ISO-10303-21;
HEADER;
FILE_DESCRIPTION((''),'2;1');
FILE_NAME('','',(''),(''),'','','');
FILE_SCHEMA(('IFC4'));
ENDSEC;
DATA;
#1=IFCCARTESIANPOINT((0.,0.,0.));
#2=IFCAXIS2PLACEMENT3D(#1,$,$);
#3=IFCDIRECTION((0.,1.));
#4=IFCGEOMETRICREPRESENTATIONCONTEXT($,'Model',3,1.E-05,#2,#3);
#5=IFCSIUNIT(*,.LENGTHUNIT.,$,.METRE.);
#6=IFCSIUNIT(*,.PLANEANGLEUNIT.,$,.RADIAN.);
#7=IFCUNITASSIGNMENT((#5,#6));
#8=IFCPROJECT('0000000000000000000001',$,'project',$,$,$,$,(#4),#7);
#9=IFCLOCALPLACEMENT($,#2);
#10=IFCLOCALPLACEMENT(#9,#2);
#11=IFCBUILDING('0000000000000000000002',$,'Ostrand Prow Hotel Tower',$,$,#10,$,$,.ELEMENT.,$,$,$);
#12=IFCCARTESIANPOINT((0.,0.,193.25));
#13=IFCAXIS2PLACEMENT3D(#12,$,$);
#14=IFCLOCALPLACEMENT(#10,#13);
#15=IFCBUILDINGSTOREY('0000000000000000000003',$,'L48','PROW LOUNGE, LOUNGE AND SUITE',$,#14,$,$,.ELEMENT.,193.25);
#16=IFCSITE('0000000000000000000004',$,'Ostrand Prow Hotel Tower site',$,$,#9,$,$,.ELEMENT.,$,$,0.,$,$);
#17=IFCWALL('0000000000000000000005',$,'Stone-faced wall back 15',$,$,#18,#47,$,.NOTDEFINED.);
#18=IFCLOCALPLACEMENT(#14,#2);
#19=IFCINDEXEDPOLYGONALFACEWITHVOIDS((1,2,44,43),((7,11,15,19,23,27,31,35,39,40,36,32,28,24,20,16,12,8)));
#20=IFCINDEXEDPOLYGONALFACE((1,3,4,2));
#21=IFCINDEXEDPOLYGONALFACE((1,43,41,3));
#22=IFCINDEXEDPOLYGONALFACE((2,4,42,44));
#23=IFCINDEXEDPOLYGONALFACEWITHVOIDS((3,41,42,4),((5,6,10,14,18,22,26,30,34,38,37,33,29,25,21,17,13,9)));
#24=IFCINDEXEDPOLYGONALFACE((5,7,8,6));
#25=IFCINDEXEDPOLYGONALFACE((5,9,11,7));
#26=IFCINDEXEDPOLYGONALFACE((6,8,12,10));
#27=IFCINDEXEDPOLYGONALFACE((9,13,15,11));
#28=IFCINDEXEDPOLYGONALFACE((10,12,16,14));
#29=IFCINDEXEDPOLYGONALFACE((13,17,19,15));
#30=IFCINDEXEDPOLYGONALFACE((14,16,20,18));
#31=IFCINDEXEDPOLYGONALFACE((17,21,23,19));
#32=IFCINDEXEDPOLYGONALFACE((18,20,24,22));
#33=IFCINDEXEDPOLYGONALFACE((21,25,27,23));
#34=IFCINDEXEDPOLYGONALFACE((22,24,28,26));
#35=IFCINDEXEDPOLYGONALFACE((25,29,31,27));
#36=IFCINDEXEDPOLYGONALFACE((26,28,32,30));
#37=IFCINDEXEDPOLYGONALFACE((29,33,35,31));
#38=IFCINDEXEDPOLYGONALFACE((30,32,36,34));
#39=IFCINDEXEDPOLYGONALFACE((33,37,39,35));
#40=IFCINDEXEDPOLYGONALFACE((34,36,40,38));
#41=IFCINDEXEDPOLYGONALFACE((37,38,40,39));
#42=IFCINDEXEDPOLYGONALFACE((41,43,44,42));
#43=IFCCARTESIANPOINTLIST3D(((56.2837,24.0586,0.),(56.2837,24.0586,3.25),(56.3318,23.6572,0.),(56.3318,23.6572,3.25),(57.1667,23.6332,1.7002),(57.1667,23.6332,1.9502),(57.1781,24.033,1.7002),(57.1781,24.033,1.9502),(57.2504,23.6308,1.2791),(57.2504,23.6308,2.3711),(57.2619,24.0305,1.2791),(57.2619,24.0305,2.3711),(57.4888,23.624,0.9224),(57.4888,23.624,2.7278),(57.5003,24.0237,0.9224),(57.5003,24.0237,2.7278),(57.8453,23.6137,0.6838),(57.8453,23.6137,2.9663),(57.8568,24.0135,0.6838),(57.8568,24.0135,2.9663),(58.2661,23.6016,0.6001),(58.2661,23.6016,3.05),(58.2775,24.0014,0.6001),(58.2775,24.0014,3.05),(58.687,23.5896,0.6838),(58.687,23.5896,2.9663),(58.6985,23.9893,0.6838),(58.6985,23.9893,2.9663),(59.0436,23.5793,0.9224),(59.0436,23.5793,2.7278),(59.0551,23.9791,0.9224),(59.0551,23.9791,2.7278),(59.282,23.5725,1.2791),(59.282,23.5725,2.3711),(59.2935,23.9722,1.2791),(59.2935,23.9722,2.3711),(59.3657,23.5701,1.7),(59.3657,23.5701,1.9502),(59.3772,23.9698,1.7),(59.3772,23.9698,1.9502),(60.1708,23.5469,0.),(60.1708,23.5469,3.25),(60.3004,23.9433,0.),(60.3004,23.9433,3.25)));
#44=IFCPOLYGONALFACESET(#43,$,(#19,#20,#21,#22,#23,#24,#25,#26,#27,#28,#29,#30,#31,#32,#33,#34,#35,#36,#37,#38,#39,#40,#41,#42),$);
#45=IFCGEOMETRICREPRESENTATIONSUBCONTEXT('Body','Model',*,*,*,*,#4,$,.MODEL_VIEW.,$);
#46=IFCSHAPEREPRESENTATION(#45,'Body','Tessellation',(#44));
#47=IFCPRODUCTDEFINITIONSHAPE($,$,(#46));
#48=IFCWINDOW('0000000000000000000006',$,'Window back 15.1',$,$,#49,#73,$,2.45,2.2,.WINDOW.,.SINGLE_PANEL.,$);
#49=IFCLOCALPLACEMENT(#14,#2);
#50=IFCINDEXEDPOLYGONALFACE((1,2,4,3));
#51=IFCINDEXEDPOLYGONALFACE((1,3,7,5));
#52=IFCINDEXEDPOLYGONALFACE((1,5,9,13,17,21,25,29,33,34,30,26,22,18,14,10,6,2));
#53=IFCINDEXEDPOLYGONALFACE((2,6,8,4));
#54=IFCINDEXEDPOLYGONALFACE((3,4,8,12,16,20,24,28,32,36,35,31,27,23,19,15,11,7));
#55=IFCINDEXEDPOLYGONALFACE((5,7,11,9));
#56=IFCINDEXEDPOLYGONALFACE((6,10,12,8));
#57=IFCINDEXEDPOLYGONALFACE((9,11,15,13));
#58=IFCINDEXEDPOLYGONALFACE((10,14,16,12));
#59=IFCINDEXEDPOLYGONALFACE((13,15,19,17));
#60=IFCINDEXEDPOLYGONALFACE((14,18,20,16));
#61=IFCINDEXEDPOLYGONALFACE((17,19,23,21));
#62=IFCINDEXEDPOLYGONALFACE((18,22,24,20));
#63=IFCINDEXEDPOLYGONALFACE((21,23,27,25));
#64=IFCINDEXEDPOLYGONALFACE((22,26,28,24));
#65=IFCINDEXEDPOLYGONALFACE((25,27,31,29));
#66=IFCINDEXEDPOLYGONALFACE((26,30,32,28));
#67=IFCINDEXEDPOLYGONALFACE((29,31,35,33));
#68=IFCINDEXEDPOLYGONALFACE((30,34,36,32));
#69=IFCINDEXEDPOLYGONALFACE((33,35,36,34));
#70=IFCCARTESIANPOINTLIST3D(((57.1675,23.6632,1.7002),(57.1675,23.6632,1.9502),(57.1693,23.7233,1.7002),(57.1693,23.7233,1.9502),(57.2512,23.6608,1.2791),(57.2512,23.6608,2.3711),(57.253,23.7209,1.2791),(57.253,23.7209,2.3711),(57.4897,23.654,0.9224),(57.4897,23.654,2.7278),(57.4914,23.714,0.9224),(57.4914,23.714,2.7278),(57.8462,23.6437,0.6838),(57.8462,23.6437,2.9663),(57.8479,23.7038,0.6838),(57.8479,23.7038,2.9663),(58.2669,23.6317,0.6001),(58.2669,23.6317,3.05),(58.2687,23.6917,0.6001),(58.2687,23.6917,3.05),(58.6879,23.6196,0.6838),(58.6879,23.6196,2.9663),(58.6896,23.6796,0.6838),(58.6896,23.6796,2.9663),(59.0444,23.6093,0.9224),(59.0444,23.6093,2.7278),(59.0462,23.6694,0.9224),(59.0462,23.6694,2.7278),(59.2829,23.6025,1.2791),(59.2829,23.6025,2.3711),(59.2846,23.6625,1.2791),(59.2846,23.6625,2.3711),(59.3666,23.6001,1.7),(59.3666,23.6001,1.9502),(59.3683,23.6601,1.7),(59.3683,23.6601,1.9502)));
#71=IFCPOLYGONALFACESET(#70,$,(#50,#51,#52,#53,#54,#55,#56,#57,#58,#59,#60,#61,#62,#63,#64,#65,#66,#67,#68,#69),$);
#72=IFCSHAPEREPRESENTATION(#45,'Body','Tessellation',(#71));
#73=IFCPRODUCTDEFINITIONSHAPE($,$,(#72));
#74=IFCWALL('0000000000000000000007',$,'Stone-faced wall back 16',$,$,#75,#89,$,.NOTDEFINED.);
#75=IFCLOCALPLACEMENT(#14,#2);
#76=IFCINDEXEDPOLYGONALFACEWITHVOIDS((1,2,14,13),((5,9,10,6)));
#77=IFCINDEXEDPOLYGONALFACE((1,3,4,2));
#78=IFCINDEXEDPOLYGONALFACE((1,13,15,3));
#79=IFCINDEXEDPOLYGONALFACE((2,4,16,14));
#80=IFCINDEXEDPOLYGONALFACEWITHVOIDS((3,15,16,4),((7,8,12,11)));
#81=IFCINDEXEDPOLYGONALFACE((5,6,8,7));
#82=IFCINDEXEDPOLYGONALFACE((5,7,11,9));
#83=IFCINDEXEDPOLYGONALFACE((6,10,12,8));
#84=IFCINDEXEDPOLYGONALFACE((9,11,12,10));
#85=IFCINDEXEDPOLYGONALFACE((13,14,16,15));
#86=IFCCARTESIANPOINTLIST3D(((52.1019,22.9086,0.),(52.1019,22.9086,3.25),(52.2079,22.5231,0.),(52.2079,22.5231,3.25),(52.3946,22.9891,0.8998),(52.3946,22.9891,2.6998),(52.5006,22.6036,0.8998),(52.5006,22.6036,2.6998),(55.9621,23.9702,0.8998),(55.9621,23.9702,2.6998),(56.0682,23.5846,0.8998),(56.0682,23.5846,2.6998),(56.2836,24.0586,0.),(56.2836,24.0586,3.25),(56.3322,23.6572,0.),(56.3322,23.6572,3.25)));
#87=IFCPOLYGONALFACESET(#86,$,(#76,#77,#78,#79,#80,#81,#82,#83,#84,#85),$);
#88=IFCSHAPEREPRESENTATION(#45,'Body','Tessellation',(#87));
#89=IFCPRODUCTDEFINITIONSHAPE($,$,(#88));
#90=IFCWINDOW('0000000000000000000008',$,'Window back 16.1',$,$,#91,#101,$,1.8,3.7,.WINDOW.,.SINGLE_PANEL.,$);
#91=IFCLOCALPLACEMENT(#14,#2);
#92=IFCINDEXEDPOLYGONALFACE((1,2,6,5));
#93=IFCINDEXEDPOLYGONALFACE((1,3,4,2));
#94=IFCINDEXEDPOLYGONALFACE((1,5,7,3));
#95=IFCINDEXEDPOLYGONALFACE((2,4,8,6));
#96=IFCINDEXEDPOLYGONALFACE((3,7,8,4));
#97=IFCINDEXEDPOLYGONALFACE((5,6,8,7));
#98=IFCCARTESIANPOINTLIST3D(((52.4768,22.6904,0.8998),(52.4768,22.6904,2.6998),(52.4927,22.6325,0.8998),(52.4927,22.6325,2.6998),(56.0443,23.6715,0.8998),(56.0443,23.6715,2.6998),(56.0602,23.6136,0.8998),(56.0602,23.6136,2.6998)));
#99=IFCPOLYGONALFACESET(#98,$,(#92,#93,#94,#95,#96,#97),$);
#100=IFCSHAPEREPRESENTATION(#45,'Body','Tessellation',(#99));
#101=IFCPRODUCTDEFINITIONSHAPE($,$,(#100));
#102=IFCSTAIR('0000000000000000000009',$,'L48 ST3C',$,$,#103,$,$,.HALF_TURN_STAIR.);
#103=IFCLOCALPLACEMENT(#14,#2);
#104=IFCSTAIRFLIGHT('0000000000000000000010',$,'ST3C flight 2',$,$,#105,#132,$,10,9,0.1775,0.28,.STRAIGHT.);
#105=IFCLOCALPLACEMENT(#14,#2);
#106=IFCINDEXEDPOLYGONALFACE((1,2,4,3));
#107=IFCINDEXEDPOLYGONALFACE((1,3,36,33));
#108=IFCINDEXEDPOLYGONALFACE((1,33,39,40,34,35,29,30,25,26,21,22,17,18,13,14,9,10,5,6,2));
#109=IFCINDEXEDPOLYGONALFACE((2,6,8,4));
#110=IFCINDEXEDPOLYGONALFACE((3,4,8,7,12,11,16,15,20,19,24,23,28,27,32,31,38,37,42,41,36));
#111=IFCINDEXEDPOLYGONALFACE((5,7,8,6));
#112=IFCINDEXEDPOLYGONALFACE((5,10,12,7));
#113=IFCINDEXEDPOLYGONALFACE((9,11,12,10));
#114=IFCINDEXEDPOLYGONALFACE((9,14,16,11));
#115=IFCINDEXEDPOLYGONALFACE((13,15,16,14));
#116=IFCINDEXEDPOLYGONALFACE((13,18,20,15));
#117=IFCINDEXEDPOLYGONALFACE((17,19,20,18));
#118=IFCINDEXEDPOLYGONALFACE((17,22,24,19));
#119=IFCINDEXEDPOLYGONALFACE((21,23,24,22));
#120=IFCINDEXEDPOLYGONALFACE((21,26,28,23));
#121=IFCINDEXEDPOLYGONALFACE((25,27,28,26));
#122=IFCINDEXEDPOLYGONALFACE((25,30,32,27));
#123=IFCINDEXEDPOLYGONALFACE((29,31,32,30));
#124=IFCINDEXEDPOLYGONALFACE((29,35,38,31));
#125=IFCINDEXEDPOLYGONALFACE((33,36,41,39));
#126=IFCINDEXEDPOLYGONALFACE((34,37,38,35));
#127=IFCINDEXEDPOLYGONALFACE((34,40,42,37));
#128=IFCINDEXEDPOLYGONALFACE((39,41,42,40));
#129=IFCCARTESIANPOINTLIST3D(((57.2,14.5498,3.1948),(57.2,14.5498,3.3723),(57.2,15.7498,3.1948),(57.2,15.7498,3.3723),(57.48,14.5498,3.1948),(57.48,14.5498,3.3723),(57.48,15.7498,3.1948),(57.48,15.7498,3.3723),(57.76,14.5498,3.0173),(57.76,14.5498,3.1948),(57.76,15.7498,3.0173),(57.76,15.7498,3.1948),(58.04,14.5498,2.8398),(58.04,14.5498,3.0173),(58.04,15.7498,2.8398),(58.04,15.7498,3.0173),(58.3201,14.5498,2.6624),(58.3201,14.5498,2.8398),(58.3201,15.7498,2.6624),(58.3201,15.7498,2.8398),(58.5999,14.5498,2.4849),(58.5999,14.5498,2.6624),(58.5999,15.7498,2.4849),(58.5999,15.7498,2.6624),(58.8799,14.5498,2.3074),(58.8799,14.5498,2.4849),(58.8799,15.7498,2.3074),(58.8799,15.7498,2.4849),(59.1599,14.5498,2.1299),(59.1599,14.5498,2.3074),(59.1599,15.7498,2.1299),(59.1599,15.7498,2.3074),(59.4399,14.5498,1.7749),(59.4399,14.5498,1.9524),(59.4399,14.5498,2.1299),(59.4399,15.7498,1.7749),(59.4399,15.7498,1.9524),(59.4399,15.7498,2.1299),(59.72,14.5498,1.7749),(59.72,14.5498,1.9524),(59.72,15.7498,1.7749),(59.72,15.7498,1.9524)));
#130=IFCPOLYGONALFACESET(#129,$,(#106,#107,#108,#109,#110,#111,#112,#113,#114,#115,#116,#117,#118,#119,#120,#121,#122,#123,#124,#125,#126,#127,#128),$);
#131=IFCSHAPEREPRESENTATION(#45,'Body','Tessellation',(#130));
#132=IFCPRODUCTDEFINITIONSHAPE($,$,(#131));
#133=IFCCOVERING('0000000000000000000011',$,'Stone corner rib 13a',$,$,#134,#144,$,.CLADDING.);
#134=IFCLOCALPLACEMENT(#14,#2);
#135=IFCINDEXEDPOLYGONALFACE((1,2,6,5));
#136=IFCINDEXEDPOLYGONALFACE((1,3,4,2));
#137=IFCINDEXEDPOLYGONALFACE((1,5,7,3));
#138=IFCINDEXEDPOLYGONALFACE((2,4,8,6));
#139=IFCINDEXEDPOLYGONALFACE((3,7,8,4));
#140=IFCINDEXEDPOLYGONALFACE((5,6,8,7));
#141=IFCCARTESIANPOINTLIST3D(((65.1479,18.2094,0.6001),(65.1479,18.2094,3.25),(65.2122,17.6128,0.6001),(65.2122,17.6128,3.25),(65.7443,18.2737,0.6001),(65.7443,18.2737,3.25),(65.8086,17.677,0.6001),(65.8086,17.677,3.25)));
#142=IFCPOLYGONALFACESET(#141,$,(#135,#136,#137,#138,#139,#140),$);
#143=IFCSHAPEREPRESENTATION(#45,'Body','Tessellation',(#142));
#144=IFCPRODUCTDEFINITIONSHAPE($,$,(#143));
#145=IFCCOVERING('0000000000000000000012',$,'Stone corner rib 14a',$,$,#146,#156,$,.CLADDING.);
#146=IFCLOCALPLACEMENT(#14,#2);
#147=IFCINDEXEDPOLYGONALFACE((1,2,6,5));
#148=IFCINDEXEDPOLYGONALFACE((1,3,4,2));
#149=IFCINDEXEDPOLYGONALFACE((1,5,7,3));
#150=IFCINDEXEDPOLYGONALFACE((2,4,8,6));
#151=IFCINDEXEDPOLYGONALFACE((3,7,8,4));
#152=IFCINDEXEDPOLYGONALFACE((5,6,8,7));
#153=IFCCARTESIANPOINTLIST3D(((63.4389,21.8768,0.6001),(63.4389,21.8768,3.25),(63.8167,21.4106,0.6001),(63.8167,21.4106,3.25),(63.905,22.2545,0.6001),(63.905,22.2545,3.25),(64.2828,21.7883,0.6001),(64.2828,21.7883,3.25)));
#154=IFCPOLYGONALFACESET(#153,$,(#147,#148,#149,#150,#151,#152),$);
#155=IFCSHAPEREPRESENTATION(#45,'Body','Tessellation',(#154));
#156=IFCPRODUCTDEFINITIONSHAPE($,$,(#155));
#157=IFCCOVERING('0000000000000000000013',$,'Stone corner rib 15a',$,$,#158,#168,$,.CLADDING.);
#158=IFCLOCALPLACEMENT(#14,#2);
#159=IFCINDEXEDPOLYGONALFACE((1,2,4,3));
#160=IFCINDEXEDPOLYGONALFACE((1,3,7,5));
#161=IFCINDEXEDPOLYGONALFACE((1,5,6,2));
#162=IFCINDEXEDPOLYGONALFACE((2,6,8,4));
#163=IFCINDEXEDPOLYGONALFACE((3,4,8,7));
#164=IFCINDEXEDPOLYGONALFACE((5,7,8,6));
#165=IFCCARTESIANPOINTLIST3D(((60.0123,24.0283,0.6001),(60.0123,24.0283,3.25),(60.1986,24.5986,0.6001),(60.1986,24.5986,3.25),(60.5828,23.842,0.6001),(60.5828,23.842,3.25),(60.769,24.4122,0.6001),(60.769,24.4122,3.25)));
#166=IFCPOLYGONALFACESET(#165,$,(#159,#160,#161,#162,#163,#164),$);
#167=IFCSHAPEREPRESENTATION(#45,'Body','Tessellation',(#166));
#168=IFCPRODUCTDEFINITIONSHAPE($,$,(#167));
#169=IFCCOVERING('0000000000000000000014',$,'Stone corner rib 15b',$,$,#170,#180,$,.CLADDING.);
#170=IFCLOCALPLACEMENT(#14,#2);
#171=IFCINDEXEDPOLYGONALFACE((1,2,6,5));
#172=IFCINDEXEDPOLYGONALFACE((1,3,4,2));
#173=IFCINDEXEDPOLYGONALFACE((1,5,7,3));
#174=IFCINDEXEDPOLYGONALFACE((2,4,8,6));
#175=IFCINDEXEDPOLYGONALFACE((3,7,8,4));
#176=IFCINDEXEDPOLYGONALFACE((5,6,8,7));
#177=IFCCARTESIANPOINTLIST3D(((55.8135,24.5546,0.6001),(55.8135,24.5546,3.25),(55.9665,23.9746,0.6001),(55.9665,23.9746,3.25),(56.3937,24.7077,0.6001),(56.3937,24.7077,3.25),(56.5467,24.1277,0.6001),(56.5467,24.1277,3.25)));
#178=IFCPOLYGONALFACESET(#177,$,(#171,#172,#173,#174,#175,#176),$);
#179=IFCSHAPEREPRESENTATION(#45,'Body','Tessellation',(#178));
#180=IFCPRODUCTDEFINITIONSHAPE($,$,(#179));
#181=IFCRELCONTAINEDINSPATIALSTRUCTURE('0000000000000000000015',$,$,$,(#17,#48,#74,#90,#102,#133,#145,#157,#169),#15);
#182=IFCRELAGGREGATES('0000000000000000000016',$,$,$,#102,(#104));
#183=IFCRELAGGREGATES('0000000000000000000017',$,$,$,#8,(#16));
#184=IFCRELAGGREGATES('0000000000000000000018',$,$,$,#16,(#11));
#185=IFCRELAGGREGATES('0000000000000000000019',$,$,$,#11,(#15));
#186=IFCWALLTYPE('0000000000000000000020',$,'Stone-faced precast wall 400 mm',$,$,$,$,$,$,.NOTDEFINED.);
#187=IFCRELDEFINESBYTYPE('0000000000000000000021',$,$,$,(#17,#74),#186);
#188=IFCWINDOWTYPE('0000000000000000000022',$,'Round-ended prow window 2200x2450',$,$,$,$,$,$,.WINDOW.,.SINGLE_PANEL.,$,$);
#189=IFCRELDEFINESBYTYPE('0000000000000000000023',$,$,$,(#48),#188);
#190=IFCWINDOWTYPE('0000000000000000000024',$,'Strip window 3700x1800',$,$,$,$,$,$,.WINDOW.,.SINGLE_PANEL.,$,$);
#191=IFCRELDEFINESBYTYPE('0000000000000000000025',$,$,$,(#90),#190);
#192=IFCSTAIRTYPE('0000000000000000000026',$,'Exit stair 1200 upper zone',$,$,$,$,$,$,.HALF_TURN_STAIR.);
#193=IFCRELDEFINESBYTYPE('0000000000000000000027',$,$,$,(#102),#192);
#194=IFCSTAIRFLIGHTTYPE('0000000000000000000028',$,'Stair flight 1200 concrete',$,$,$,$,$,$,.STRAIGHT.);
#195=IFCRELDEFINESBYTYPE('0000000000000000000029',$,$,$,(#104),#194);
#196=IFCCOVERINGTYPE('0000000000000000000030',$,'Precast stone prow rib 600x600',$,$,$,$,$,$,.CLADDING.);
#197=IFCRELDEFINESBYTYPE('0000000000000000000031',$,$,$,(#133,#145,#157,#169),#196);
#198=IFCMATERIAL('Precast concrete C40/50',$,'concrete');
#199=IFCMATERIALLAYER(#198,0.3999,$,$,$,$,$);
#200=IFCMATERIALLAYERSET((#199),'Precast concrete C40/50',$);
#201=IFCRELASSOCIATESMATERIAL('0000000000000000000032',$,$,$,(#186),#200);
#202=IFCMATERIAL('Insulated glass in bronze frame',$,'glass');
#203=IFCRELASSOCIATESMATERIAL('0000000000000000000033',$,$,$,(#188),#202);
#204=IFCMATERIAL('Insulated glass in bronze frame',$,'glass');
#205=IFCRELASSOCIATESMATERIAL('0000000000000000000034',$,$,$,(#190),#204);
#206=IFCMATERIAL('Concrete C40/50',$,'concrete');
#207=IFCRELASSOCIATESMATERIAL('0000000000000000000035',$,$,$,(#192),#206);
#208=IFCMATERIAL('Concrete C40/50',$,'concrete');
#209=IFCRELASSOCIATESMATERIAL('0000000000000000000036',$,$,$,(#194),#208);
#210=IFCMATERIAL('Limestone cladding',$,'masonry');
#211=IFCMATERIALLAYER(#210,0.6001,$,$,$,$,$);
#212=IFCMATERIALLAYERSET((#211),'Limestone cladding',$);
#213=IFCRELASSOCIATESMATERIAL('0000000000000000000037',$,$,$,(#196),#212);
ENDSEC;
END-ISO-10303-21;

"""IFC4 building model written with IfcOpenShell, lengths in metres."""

from ifc_helpers import new_model, si_unit, direction, frame, frame_2d, origin, place, context, subcontext, project, spatial, polyline, rectangle, outline, extrude, material, layer, layer_set, type_object, element, fill, aggregate, save


model = new_model("IFC4")

# Units and contexts
model_context = context("Model", 3, precision=1e-05, world=origin(), true_north=direction((0.0, 1.0)))
body_context = subcontext(model_context, "Body", "Model", "MODEL_VIEW")
ifc_project = project(units=[si_unit("LENGTHUNIT", "METRE"), si_unit("PLANEANGLEUNIT", "RADIAN")], contexts=[model_context])

# Site, building, storey
site_placement = place(None, origin())
site = spatial("IfcSite", under=ifc_project, at=site_placement, Name="Ostrand Prow Hotel Tower site", CompositionType="ELEMENT", RefElevation=0.0)
building_placement = place(site_placement, origin())
building = spatial("IfcBuilding", under=site, at=building_placement, Name="Ostrand Prow Hotel Tower", CompositionType="ELEMENT")
storey_placement = place(building_placement, frame((0.0, 0.0, 193.25)))
storey = spatial("IfcBuildingStorey", under=building, at=storey_placement, Name="L48", Description="PROW LOUNGE, LOUNGE AND SUITE", CompositionType="ELEMENT", Elevation=193.25)

# Walls, openings, windows
ifc_material_1 = material(Name="Precast concrete C40/50", Category="concrete")
ifc_layer_1 = layer(ifc_material_1, 0.3999)
ifc_layer_set_1 = layer_set([ifc_layer_1], Name="Precast concrete C40/50")
wall_type_1 = type_object("IfcWallType", Name="Stone-faced precast wall 400 mm", PredefinedType="NOTDEFINED", material=ifc_layer_set_1)
ifc_material_2 = material(Name="Insulated glass in bronze frame", Category="glass")
window_type_1 = type_object("IfcWindowType", Name="Round-ended prow window 2200x2450", PartitioningType="SINGLE_PANEL", PredefinedType="WINDOW", material=ifc_material_2)
wall_1_placement = place(storey_placement, frame((60.2356, 23.7451, 0.0), z_axis=(0.0, 0.0, 1.0), x_axis=(-0.999588, 0.028705, 0.0)))
wall_1 = element("IfcWall", 1, at=wall_1_placement, inside=storey, type_object=wall_type_1, Name="Stone-faced wall back 15", PredefinedType="NOTDEFINED", context=body_context, shape_type="SweptSolid", body=[
    extrude(outline(polyline([(-0.0591, -0.2), (3.9592, -0.2), (3.8997, 0.2), (0.0591, 0.2), (-0.0591, -0.2)])), origin(), (0.0, 0.0, 1.0), 3.25),
])
opening_1_placement = place(wall_1_placement, frame((0.8645, 0.0, 0.6001)))
opening_1 = element("IfcOpeningElement", 2, at=opening_1_placement, cuts=wall_1, PredefinedType="OPENING", context=body_context, shape_type="SweptSolid", body=[
    extrude(outline(polyline([(0.0, 1.3501), (0.0837, 1.771), (0.3223, 2.1277), (0.679, 2.3662), (1.1001, 2.45), (1.521, 2.3662), (1.8777, 2.1277), (2.1162, 1.771), (2.2, 1.3501), (2.2, 1.1001), (2.1162, 0.679), (1.8777, 0.3223), (1.521, 0.0837), (1.1001, 0.0), (0.679, 0.0837), (0.3223, 0.3223), (0.0837, 0.679), (0.0, 1.0999), (0.0, 1.3501)])), frame((0.0, 0.21, 0.0), z_axis=(0.0, -1.0, 0.0), x_axis=(1.0, 0.0, 0.0)), (0.0, 0.0, 1.0), 0.4199),
])
window_1_placement = place(opening_1_placement, origin())
window_1 = element("IfcWindow", 3, at=window_1_placement, inside=storey, type_object=window_type_1, Name="Window back 15.1", OverallHeight=2.45, OverallWidth=2.2, PartitioningType="SINGLE_PANEL", PredefinedType="WINDOW", context=body_context, shape_type="SweptSolid", body=[
    extrude(outline(polyline([(0.0, 1.3501), (0.0837, 1.771), (0.3223, 2.1277), (0.679, 2.3662), (1.1001, 2.45), (1.521, 2.3662), (1.8777, 2.1277), (2.1162, 1.771), (2.2, 1.3501), (2.2, 1.1001), (2.1162, 0.679), (1.8777, 0.3223), (1.521, 0.0837), (1.1001, 0.0), (0.679, 0.0837), (0.3223, 0.3223), (0.0837, 0.679), (0.0, 1.0999), (0.0, 1.3501)])), frame((0.0, 0.1699, 0.0), z_axis=(0.0, -1.0, 0.0), x_axis=(1.0, 0.0, 0.0)), (0.0, 0.0, 1.0), 0.0601),
])
fill(opening_1, window_1)
wall_2_placement = place(storey_placement, frame((56.3079, 23.8579, 0.0), z_axis=(0.0, 0.0, 1.0), x_axis=(-0.964206, -0.265155, 0.0)))
wall_2 = element("IfcWall", 4, at=wall_2_placement, inside=storey, type_object=wall_type_1, Name="Stone-faced wall back 16", PredefinedType="NOTDEFINED", context=body_context, shape_type="SweptSolid", body=[
    extrude(outline(polyline([(-0.0298, -0.2), (4.3071, -0.2), (4.3071, 0.2), (0.0298, 0.2), (-0.0298, -0.2)])), origin(), (0.0, 0.0, 1.0), 3.25),
])
opening_2_placement = place(wall_2_placement, frame((0.3035, 0.0, 0.8999)))
opening_2 = element("IfcOpeningElement", 5, at=opening_2_placement, cuts=wall_2, PredefinedType="OPENING", context=body_context, shape_type="SweptSolid", body=[
    extrude(rectangle(XDim=3.7, YDim=1.8, at=frame_2d((1.8501, 0.8999))), frame((0.0, 0.21, 0.0), z_axis=(0.0, -1.0, 0.0), x_axis=(1.0, 0.0, 0.0)), (0.0, 0.0, 1.0), 0.4199),
])
ifc_material_3 = material(Name="Insulated glass in bronze frame", Category="glass")
window_type_2 = type_object("IfcWindowType", Name="Strip window 3700x1800", PartitioningType="SINGLE_PANEL", PredefinedType="WINDOW", material=ifc_material_3)
window_2_placement = place(opening_2_placement, origin())
window_2 = element("IfcWindow", 6, at=window_2_placement, inside=storey, type_object=window_type_2, Name="Window back 16.1", OverallHeight=1.8, OverallWidth=3.7, PartitioningType="SINGLE_PANEL", PredefinedType="WINDOW", context=body_context, shape_type="SweptSolid", body=[
    extrude(rectangle(XDim=3.7, YDim=1.8, at=frame_2d((1.8501, 0.8999))), frame((0.0, 0.1699, 0.0), z_axis=(0.0, -1.0, 0.0), x_axis=(1.0, 0.0, 0.0)), (0.0, 0.0, 1.0), 0.0601),
])
fill(opening_2, window_2)

# Stair, stair flight
ifc_material_4 = material(Name="Concrete C40/50", Category="concrete")
stair_type = type_object("IfcStairType", Name="Exit stair 1200 upper zone", PredefinedType="HALF_TURN_STAIR", material=ifc_material_4)
stair_placement = place(storey_placement, origin())
stair = element("IfcStair", 7, at=stair_placement, inside=storey, type_object=stair_type, Name="L48 ST3C", PredefinedType="HALF_TURN_STAIR")
ifc_material_5 = material(Name="Concrete C40/50", Category="concrete")
stair_flight_type = type_object("IfcStairFlightType", Name="Stair flight 1200 concrete", PredefinedType="STRAIGHT", material=ifc_material_5)
stair_flight_placement = place(storey_placement, frame((59.72, 15.1499, 1.7749), z_axis=(0.0, 0.0, 1.0), x_axis=(-1.0, 0.0, 0.0)))
stair_flight = element("IfcStairFlight", 8, at=stair_flight_placement, type_object=stair_flight_type, Name="ST3C flight 2", NumberOfRisers=10, NumberOfTreads=9, PredefinedType="STRAIGHT", RiserHeight=0.1775, TreadLength=0.28, context=body_context, shape_type="SweptSolid", body=[
    extrude(outline(polyline([(0.0, 0.0), (0.0, 0.1775), (0.28, 0.1775), (0.28, 0.355), (0.5601, 0.355), (0.5601, 0.5325), (0.8401, 0.5325), (0.8401, 0.71), (1.1201, 0.71), (1.1201, 0.8875), (1.3999, 0.8875), (1.3999, 1.0649), (1.6799, 1.0649), (1.6799, 1.2424), (1.96, 1.2424), (1.96, 1.4199), (2.24, 1.4199), (2.24, 1.5974), (2.52, 1.5974), (2.52, 1.7749), (2.52, 1.4199), (0.28, 0.0), (0.0, 0.0)])), frame((0.0, 0.6001, 0.0), z_axis=(0.0, -1.0, 0.0), x_axis=(1.0, 0.0, 0.0)), (0.0, 0.0, 1.0), 1.2),
])
aggregate(stair, [stair_flight])

# Coverings
ifc_material_6 = material(Name="Limestone cladding", Category="masonry")
ifc_layer_2 = layer(ifc_material_6, 0.6001)
ifc_layer_set_2 = layer_set([ifc_layer_2], Name="Limestone cladding")
covering_type = type_object("IfcCoveringType", Name="Precast stone prow rib 600x600", PredefinedType="CLADDING", material=ifc_layer_set_2)
for number, where, z_axis, x_axis, name in (
    (9, (65.1802, 17.9111, 0.6001), (0.0, 0.0, 1.0), (0.994255, 0.107036, 0.0), "Stone corner rib 13a"),
    (10, (63.6279, 21.6438, 0.6001), (0.0, 0.0, 1.0), (0.776923, 0.629596, 0.0), "Stone corner rib 14a"),
    (11, (60.2976, 23.9353, 0.6001), (0.0, 0.0, 1.0), (0.310484, 0.950578, 0.0), "Stone corner rib 15a"),
    (12, (56.2566, 24.0513, 0.6001), (0.0, 0.0, 1.0), (-0.255154, 0.9669, 0.0), "Stone corner rib 15b"),
):
    element("IfcCovering", number, at=place(storey_placement, frame(where, z_axis=z_axis, x_axis=x_axis)), inside=storey, type_object=covering_type, Name=name, PredefinedType="CLADDING", context=body_context, shape_type="SweptSolid", body=[
        extrude(rectangle(XDim=0.5999, YDim=0.6001, at=frame_2d((0.2998, 0.0))), origin(), (0.0, 0.0, 1.0), 2.6499),
    ])

save(model, "model.ifc")
